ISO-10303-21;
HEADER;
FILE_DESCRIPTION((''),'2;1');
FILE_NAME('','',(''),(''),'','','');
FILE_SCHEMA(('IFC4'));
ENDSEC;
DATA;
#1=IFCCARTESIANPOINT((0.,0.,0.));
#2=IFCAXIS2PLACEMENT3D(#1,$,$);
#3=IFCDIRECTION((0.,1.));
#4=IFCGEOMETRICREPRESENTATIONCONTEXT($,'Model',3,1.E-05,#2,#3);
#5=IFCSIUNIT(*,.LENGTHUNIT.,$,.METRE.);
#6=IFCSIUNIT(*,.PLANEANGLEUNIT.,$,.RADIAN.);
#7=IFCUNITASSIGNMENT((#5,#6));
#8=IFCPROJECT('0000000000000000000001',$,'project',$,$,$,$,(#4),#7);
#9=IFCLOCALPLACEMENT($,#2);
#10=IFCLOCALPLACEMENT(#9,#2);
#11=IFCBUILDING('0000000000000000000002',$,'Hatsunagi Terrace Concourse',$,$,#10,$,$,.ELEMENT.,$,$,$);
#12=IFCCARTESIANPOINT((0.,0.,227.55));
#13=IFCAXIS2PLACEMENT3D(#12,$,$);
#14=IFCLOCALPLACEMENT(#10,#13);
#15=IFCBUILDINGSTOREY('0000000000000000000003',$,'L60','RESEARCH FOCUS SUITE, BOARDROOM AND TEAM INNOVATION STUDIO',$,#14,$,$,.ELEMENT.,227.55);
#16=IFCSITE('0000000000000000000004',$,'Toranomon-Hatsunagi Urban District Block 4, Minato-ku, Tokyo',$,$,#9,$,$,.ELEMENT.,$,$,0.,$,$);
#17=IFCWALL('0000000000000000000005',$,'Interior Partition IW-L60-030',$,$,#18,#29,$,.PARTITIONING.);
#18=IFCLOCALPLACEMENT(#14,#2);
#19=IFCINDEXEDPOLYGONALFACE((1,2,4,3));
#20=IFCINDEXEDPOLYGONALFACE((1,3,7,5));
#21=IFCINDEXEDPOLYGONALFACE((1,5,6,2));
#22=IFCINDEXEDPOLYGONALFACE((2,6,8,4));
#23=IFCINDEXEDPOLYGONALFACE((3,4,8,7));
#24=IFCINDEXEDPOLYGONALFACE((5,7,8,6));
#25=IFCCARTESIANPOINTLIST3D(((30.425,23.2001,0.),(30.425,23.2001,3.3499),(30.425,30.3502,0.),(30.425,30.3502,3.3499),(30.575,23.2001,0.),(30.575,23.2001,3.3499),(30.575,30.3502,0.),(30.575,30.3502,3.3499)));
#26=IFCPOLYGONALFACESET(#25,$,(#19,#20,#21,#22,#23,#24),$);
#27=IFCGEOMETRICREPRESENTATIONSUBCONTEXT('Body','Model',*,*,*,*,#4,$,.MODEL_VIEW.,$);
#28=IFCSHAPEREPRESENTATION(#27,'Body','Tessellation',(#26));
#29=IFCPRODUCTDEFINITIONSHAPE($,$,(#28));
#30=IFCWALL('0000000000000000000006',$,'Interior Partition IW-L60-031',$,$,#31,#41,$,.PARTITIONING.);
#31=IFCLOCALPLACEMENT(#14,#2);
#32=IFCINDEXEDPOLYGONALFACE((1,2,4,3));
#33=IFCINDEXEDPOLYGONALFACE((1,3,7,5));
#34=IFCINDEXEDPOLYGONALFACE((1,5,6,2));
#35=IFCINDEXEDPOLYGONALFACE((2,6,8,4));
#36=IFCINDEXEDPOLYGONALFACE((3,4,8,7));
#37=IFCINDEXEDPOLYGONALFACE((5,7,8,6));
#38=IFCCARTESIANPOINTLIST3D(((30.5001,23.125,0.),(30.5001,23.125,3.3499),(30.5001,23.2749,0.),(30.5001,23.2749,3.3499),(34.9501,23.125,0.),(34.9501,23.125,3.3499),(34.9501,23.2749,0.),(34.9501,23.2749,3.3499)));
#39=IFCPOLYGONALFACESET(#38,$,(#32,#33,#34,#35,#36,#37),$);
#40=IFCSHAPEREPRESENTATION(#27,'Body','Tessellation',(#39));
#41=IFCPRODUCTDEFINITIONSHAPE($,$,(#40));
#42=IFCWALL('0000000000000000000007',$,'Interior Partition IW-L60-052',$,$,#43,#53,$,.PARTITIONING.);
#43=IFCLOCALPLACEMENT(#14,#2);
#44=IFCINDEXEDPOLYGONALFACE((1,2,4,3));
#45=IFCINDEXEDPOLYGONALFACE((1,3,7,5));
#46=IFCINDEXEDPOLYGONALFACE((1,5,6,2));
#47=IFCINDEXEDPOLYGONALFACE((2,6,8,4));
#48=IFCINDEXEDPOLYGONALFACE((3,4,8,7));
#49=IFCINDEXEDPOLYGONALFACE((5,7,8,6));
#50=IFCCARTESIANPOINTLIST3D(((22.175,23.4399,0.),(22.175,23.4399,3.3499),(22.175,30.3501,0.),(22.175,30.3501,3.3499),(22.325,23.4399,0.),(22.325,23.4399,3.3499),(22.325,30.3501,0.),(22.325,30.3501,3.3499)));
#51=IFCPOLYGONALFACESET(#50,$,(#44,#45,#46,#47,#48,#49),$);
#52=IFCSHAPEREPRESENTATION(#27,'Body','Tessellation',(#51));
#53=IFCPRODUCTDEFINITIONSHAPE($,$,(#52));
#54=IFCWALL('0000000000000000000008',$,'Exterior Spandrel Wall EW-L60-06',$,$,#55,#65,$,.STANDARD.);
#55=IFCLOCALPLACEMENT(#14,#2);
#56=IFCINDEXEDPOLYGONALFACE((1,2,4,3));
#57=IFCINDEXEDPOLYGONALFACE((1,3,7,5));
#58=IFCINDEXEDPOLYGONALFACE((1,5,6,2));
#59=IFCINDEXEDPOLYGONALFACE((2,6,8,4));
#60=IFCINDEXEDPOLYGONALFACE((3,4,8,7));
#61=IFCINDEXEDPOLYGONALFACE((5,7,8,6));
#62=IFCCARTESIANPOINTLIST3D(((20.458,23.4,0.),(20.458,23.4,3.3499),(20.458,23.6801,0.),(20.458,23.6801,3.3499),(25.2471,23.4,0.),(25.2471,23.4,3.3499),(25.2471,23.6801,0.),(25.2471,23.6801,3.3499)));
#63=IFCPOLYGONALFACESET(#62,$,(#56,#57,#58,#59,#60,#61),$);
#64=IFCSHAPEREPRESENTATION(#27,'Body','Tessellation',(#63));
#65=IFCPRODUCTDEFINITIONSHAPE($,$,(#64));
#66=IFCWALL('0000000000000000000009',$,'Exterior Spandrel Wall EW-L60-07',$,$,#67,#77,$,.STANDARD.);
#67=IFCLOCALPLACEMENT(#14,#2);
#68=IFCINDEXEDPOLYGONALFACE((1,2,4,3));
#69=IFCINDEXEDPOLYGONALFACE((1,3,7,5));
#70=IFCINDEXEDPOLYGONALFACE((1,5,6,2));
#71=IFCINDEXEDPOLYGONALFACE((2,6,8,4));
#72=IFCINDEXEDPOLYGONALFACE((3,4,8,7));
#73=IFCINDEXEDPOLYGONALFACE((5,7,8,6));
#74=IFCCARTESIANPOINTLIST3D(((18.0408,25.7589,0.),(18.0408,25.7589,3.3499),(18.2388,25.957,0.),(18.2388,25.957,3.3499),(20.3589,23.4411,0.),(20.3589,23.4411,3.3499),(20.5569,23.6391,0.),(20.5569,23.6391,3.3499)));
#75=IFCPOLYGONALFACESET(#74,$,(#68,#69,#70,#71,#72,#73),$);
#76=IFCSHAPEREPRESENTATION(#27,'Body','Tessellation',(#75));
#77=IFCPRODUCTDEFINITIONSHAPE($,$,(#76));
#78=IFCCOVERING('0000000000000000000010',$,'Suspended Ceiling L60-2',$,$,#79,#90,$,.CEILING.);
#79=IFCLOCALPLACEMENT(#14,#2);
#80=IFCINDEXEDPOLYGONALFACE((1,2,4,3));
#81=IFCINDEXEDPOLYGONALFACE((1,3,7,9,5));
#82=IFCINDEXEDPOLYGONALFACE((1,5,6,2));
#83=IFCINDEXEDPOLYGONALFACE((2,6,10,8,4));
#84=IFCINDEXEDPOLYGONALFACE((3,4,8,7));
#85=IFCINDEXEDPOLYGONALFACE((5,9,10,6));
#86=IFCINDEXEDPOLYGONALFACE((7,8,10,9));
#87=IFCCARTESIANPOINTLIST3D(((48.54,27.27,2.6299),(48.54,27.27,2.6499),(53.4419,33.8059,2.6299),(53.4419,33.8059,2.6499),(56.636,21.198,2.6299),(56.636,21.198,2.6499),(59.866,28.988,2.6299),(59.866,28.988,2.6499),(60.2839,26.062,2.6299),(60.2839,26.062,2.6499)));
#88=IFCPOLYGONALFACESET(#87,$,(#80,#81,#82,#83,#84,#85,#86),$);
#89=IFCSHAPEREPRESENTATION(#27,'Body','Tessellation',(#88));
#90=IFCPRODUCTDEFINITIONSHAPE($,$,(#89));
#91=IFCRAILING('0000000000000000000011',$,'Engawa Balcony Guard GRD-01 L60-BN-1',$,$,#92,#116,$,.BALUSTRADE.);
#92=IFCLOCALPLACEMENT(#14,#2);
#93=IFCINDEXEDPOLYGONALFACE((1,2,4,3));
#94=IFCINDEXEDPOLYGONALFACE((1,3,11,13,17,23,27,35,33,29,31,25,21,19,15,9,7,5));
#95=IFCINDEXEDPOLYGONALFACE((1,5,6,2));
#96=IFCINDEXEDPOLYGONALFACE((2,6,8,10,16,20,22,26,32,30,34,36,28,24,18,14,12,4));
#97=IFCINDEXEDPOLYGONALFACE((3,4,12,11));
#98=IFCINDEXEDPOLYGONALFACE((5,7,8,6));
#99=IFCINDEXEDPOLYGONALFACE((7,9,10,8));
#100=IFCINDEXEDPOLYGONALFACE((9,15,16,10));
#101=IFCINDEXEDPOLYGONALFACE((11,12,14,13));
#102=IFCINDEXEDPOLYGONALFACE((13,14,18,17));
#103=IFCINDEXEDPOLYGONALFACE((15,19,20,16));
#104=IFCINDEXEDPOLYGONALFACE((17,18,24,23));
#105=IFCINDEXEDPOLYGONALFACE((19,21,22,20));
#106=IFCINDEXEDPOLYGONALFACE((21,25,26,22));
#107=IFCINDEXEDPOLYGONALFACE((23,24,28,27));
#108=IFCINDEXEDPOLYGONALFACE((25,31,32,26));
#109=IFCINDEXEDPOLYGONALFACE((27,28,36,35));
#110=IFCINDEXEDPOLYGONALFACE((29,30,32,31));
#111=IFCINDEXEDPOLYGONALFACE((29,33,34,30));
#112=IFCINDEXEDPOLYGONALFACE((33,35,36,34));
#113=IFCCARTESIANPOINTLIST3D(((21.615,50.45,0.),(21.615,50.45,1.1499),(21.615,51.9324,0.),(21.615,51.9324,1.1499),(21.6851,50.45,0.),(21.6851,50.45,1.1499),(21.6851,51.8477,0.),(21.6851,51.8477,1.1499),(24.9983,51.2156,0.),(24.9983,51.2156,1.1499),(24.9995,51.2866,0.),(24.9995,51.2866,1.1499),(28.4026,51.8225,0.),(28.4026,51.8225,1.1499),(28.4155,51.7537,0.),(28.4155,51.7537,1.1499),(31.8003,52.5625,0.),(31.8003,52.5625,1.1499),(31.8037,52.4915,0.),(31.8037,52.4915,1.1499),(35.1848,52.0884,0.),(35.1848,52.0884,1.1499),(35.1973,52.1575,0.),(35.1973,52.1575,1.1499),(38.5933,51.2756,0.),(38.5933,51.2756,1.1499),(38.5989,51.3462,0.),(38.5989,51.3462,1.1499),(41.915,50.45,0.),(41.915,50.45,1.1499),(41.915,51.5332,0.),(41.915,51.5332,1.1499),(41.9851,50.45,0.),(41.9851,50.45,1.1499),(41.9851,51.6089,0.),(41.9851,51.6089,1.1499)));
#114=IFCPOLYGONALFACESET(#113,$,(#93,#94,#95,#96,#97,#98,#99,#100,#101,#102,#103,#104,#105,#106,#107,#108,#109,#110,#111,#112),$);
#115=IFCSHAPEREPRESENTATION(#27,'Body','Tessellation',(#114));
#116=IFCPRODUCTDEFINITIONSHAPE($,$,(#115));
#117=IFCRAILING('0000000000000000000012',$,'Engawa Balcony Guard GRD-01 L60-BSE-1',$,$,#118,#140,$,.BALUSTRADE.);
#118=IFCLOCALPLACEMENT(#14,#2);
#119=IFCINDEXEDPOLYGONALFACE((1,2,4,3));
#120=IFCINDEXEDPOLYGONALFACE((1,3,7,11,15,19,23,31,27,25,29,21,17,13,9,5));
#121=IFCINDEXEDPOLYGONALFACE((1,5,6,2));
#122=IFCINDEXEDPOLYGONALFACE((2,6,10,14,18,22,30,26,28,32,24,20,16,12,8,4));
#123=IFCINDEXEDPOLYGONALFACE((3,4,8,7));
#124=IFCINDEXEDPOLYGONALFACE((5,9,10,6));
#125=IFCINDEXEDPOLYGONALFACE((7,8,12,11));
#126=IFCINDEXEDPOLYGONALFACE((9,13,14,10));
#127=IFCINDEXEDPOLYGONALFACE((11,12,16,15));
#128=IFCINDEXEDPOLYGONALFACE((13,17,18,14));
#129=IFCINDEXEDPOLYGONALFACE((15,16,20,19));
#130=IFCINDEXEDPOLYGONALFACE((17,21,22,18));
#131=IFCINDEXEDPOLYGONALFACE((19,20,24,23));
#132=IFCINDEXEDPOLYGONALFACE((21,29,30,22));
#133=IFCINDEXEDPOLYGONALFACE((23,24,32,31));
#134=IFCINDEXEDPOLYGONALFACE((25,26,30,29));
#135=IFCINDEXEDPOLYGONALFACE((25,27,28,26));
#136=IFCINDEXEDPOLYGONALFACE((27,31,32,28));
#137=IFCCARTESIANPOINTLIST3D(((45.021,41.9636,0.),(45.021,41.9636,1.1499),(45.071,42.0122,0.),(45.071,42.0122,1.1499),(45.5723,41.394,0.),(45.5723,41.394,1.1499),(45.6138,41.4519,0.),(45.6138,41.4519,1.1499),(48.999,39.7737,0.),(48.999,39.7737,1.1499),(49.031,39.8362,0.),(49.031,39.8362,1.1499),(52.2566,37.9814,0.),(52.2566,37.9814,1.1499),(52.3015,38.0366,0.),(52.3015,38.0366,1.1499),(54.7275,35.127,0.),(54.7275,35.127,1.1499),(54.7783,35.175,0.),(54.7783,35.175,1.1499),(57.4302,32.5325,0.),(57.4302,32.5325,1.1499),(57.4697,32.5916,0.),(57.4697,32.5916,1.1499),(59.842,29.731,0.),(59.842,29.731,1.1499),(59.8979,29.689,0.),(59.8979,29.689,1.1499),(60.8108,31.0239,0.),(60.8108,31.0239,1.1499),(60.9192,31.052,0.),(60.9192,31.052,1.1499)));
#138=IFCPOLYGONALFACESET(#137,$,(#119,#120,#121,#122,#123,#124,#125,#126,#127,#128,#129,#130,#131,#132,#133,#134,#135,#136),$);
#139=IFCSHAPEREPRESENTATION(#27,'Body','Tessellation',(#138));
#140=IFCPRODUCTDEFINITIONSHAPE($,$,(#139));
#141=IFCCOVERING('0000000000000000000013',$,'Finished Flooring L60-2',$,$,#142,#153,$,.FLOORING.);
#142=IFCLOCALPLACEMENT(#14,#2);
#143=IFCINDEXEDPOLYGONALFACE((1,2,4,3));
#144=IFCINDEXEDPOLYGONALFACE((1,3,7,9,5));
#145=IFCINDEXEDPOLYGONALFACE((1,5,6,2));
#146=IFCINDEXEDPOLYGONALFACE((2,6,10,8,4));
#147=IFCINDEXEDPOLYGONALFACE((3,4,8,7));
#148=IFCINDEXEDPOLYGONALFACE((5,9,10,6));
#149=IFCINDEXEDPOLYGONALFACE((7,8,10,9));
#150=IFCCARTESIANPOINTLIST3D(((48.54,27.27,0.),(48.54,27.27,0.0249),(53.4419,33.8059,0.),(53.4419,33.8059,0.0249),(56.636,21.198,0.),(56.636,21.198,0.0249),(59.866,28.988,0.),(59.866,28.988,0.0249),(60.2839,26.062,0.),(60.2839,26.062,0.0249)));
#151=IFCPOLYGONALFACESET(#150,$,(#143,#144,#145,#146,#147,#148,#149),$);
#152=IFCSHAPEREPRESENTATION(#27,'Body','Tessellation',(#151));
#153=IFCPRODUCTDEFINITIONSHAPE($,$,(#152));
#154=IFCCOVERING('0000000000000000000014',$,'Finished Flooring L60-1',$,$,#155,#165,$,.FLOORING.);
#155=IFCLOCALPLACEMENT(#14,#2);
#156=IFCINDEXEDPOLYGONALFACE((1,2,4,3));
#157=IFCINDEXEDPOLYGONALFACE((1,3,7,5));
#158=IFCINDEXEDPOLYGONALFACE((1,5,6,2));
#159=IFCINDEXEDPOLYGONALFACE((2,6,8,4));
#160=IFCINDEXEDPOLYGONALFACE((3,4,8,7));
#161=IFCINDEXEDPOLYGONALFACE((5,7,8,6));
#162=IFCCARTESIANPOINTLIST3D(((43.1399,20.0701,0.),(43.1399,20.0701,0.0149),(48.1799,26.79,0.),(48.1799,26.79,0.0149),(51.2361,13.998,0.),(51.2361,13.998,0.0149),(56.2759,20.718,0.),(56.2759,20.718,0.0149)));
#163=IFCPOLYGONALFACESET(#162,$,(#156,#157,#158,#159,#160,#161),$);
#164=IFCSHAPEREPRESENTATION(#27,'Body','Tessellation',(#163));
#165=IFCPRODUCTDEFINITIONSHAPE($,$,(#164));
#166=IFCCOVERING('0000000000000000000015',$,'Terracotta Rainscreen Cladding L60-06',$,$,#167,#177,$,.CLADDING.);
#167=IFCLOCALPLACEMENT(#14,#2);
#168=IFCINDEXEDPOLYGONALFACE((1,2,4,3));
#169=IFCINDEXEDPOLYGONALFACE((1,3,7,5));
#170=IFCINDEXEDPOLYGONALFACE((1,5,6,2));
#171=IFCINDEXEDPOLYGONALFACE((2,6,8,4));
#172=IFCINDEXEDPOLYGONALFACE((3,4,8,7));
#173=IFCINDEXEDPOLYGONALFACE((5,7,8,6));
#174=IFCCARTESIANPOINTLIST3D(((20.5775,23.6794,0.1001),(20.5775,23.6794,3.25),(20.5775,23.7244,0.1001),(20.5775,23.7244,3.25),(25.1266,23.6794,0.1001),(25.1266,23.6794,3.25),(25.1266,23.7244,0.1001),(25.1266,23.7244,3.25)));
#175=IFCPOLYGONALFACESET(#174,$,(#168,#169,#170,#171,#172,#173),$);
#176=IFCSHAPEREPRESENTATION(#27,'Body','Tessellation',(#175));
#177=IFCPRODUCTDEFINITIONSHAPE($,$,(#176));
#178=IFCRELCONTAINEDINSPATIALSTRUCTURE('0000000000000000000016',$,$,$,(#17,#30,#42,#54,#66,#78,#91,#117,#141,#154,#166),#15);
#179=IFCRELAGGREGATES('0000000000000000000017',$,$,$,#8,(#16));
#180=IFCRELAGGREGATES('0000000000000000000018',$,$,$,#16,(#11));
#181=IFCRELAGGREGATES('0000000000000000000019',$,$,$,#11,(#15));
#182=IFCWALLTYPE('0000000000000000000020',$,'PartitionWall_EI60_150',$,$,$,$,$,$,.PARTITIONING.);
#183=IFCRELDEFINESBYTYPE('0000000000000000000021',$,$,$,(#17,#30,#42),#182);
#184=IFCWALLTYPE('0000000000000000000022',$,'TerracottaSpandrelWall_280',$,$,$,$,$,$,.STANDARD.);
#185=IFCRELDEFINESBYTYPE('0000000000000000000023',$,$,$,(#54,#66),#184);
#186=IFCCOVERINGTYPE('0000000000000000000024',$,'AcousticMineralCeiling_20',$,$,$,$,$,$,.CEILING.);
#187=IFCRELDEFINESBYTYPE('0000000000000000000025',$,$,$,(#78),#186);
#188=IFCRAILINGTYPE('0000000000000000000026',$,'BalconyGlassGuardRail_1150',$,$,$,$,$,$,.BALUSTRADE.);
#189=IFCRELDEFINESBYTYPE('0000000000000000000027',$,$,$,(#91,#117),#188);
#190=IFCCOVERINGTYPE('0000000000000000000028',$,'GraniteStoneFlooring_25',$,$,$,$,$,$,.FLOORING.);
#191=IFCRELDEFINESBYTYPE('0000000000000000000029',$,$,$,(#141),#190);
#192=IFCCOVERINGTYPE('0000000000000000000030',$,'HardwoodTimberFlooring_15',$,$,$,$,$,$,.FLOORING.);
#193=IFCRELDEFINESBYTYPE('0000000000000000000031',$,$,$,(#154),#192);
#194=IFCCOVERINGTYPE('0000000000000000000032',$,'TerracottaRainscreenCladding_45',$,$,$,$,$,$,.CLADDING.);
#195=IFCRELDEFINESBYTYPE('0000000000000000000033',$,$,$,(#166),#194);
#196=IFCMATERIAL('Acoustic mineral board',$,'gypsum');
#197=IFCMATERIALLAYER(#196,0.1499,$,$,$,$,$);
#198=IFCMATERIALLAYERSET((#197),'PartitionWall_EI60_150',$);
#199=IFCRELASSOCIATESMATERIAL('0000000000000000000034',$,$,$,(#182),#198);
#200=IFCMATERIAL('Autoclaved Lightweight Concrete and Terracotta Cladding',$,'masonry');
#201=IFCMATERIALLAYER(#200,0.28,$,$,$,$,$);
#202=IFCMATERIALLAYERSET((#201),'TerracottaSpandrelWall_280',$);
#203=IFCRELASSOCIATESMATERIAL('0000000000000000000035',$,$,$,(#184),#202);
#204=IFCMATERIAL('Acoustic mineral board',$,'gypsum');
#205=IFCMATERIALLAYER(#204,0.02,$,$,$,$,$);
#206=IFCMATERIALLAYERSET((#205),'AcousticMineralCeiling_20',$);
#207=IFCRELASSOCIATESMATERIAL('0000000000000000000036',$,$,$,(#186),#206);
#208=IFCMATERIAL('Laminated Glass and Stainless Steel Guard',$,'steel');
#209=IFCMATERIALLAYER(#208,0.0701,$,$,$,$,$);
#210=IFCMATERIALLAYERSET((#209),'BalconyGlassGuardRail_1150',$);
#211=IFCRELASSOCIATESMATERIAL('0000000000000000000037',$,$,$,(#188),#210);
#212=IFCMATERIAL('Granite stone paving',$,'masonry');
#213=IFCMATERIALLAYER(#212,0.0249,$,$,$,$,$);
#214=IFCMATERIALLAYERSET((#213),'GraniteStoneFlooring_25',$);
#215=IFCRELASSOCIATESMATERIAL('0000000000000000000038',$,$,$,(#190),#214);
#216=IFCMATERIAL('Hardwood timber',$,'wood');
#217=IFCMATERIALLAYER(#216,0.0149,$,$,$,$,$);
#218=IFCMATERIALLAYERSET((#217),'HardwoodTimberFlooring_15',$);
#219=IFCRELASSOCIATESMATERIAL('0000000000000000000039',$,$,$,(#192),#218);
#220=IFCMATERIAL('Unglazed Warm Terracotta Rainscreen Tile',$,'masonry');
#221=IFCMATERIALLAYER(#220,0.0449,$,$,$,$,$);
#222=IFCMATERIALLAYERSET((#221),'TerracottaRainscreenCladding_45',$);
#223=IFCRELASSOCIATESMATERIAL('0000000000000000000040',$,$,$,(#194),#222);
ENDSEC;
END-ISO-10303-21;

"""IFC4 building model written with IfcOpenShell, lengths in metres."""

from ifc_helpers import new_model, si_unit, direction, frame, frame_2d, origin, origin_2d, place, context, subcontext, project, spatial, polyline, rectangle, outline, extrude, material, layer, layer_set, type_object, element, save


model = new_model("IFC4")

# Units and contexts
model_context = context("Model", 3, precision=1e-05, world=origin(), true_north=direction((0.0, 1.0)))
body_context = subcontext(model_context, "Body", "Model", "MODEL_VIEW")
ifc_project = project(units=[si_unit("LENGTHUNIT", "METRE"), si_unit("PLANEANGLEUNIT", "RADIAN")], contexts=[model_context])

# Site, building, storey
site_placement = place(None, origin())
site = spatial("IfcSite", under=ifc_project, at=site_placement, Name="Toranomon-Hatsunagi Urban District Block 4, Minato-ku, Tokyo", CompositionType="ELEMENT", RefElevation=0.0)
building_placement = place(site_placement, origin())
building = spatial("IfcBuilding", under=site, at=building_placement, Name="Hatsunagi Terrace Concourse", CompositionType="ELEMENT")
storey_placement = place(building_placement, frame((0.0, 0.0, 227.55)))
storey = spatial("IfcBuildingStorey", under=building, at=storey_placement, Name="L60", Description="RESEARCH FOCUS SUITE, BOARDROOM AND TEAM INNOVATION STUDIO", CompositionType="ELEMENT", Elevation=227.55)

# Walls
ifc_material_1 = material(Name="Acoustic mineral board", Category="gypsum")
ifc_layer_1 = layer(ifc_material_1, 0.1499)
ifc_layer_set_1 = layer_set([ifc_layer_1], Name="PartitionWall_EI60_150")
wall_type_1 = type_object("IfcWallType", Name="PartitionWall_EI60_150", PredefinedType="PARTITIONING", material=ifc_layer_set_1)
wall_1_placement = place(storey_placement, frame((30.5, 23.2, 0.0), z_axis=(0.0, 0.0, 1.0), x_axis=(0.0, 1.0, 0.0)))
element("IfcWall", 1, at=wall_1_placement, inside=storey, type_object=wall_type_1, Name="Interior Partition IW-L60-030", PredefinedType="PARTITIONING", context=body_context, shape_type="SweptSolid", body=[
    extrude(rectangle(XDim=7.1501, YDim=0.1499, at=frame_2d((3.5752, 0.0))), origin(), (0.0, 0.0, 1.0), 3.3499),
])
wall_2_placement = place(storey_placement, frame((30.5, 23.2, 0.0), z_axis=(0.0, 0.0, 1.0), x_axis=(1.0, 0.0, 0.0)))
element("IfcWall", 2, at=wall_2_placement, inside=storey, type_object=wall_type_1, Name="Interior Partition IW-L60-031", PredefinedType="PARTITIONING", context=body_context, shape_type="SweptSolid", body=[
    extrude(rectangle(XDim=4.45, YDim=0.1499, at=frame_2d((2.2251, 0.0))), origin(), (0.0, 0.0, 1.0), 3.3499),
])

# Walls
wall_3_placement = place(storey_placement, frame((22.25, 23.4399, 0.0), z_axis=(0.0, 0.0, 1.0), x_axis=(0.0, 1.0, 0.0)))
element("IfcWall", 3, at=wall_3_placement, inside=storey, type_object=wall_type_1, Name="Interior Partition IW-L60-052", PredefinedType="PARTITIONING", context=body_context, shape_type="SweptSolid", body=[
    extrude(rectangle(XDim=6.9102, YDim=0.1499, at=frame_2d((3.4551, 0.0))), origin(), (0.0, 0.0, 1.0), 3.3499),
])
ifc_material_2 = material(Name="Autoclaved Lightweight Concrete and Terracotta Cladding", Category="masonry")
ifc_layer_2 = layer(ifc_material_2, 0.28)
ifc_layer_set_2 = layer_set([ifc_layer_2], Name="TerracottaSpandrelWall_280")
wall_type_2 = type_object("IfcWallType", Name="TerracottaSpandrelWall_280", PredefinedType="STANDARD", material=ifc_layer_set_2)
wall_4_placement = place(storey_placement, frame((25.2471, 23.54, 0.0), z_axis=(0.0, 0.0, 1.0), x_axis=(-1.0, 0.0, 0.0)))
element("IfcWall", 4, at=wall_4_placement, inside=storey, type_object=wall_type_2, Name="Exterior Spandrel Wall EW-L60-06", PredefinedType="STANDARD", context=body_context, shape_type="SweptSolid", body=[
    extrude(rectangle(XDim=4.7891, YDim=0.28, at=frame_2d((2.3945, 0.0))), origin(), (0.0, 0.0, 1.0), 3.3499),
])
wall_5_placement = place(storey_placement, frame((20.458, 23.54, 0.0), z_axis=(0.0, 0.0, 1.0), x_axis=(-0.707144, 0.70707, 0.0)))
element("IfcWall", 5, at=wall_5_placement, inside=storey, type_object=wall_type_2, Name="Exterior Spandrel Wall EW-L60-07", PredefinedType="STANDARD", context=body_context, shape_type="SweptSolid", body=[
    extrude(rectangle(XDim=3.2781, YDim=0.28, at=frame_2d((1.6392, 0.0))), origin(), (0.0, 0.0, 1.0), 3.3499),
])

# Covering
ifc_material_3 = material(Name="Acoustic mineral board", Category="gypsum")
ifc_layer_3 = layer(ifc_material_3, 0.02)
ifc_layer_set_3 = layer_set([ifc_layer_3], Name="AcousticMineralCeiling_20")
covering_type_1 = type_object("IfcCoveringType", Name="AcousticMineralCeiling_20", PredefinedType="CEILING", material=ifc_layer_set_3)
covering_1_placement = place(storey_placement, frame((0.0, 0.0, 2.6299)))
element("IfcCovering", 6, at=covering_1_placement, inside=storey, type_object=covering_type_1, Name="Suspended Ceiling L60-2", PredefinedType="CEILING", context=body_context, shape_type="SweptSolid", body=[
    extrude(outline(polyline([(59.866, 28.988), (53.4419, 33.8059), (48.54, 27.27), (56.636, 21.198), (60.2839, 26.062), (59.866, 28.988)])), origin(), (0.0, 0.0, 1.0), 0.02),
])

# Railings
ifc_material_4 = material(Name="Laminated Glass and Stainless Steel Guard", Category="steel")
ifc_layer_4 = layer(ifc_material_4, 0.0701)
ifc_layer_set_4 = layer_set([ifc_layer_4], Name="BalconyGlassGuardRail_1150")
railing_type = type_object("IfcRailingType", Name="BalconyGlassGuardRail_1150", PredefinedType="BALUSTRADE", material=ifc_layer_set_4)
railing_1_placement = place(storey_placement, origin())
element("IfcRailing", 7, at=railing_1_placement, inside=storey, type_object=railing_type, Name="Engawa Balcony Guard GRD-01 L60-BN-1", PredefinedType="BALUSTRADE", context=body_context, shape_type="SweptSolid", body=[
    extrude(outline(polyline([(21.615, 50.45), (21.6851, 50.45), (21.6851, 51.8477), (24.9983, 51.2156), (28.4155, 51.7537), (31.8037, 52.4915), (35.1848, 52.0884), (38.5933, 51.2756), (41.915, 51.5332), (41.915, 50.45), (41.9851, 50.45), (41.9851, 51.6089), (38.5989, 51.3462), (35.1973, 52.1575), (31.8003, 52.5625), (28.4026, 51.8225), (24.9995, 51.2866), (21.615, 51.9324), (21.615, 50.45)])), origin(), (0.0, 0.0, 1.0), 1.1499),
])
railing_2_placement = place(storey_placement, origin())
element("IfcRailing", 8, at=railing_2_placement, inside=storey, type_object=railing_type, Name="Engawa Balcony Guard GRD-01 L60-BSE-1", PredefinedType="BALUSTRADE", context=body_context, shape_type="SweptSolid", body=[
    extrude(outline(polyline([(45.071, 42.0122), (45.021, 41.9636), (45.5723, 41.394), (48.999, 39.7737), (52.2566, 37.9814), (54.7275, 35.127), (57.4302, 32.5325), (60.8108, 31.0239), (59.842, 29.731), (59.8979, 29.689), (60.9192, 31.052), (57.4697, 32.5916), (54.7783, 35.175), (52.3015, 38.0366), (49.031, 39.8362), (45.6138, 41.4519), (45.071, 42.0122)])), origin(), (0.0, 0.0, 1.0), 1.1499),
])

# Coverings
ifc_material_5 = material(Name="Granite stone paving", Category="masonry")
ifc_layer_5 = layer(ifc_material_5, 0.0249)
ifc_layer_set_5 = layer_set([ifc_layer_5], Name="GraniteStoneFlooring_25")
covering_type_2 = type_object("IfcCoveringType", Name="GraniteStoneFlooring_25", PredefinedType="FLOORING", material=ifc_layer_set_5)
covering_2_placement = place(storey_placement, origin())
element("IfcCovering", 9, at=covering_2_placement, inside=storey, type_object=covering_type_2, Name="Finished Flooring L60-2", PredefinedType="FLOORING", context=body_context, shape_type="SweptSolid", body=[
    extrude(outline(polyline([(59.866, 28.988), (53.4419, 33.8059), (48.54, 27.27), (56.636, 21.198), (60.2839, 26.062), (59.866, 28.988)])), origin(), (0.0, 0.0, 1.0), 0.0249),
])
ifc_material_6 = material(Name="Hardwood timber", Category="wood")
ifc_layer_6 = layer(ifc_material_6, 0.0149)
ifc_layer_set_6 = layer_set([ifc_layer_6], Name="HardwoodTimberFlooring_15")
covering_type_3 = type_object("IfcCoveringType", Name="HardwoodTimberFlooring_15", PredefinedType="FLOORING", material=ifc_layer_set_6)
covering_3_placement = place(storey_placement, origin())
element("IfcCovering", 10, at=covering_3_placement, inside=storey, type_object=covering_type_3, Name="Finished Flooring L60-1", PredefinedType="FLOORING", context=body_context, shape_type="SweptSolid", body=[
    extrude(outline(polyline([(56.2759, 20.718), (48.1799, 26.79), (43.1399, 20.0701), (51.2361, 13.998), (56.2759, 20.718)])), origin(), (0.0, 0.0, 1.0), 0.0149),
])
ifc_material_7 = material(Name="Unglazed Warm Terracotta Rainscreen Tile", Category="masonry")
ifc_layer_7 = layer(ifc_material_7, 0.0449)
ifc_layer_set_7 = layer_set([ifc_layer_7], Name="TerracottaRainscreenCladding_45")
covering_type_4 = type_object("IfcCoveringType", Name="TerracottaRainscreenCladding_45", PredefinedType="CLADDING", material=ifc_layer_set_7)
covering_4_placement = place(storey_placement, frame((22.8521, 23.7019, 0.1001), z_axis=(0.0, 0.0, 1.0), x_axis=(-1.0, 0.0, 0.0)))
element("IfcCovering", 11, at=covering_4_placement, inside=storey, type_object=covering_type_4, Name="Terracotta Rainscreen Cladding L60-06", PredefinedType="CLADDING", context=body_context, shape_type="SweptSolid", body=[
    extrude(rectangle(XDim=4.5491, YDim=0.0449, at=origin_2d()), origin(), (0.0, 0.0, 1.0), 3.1499),
])

save(model, "model.ifc")
